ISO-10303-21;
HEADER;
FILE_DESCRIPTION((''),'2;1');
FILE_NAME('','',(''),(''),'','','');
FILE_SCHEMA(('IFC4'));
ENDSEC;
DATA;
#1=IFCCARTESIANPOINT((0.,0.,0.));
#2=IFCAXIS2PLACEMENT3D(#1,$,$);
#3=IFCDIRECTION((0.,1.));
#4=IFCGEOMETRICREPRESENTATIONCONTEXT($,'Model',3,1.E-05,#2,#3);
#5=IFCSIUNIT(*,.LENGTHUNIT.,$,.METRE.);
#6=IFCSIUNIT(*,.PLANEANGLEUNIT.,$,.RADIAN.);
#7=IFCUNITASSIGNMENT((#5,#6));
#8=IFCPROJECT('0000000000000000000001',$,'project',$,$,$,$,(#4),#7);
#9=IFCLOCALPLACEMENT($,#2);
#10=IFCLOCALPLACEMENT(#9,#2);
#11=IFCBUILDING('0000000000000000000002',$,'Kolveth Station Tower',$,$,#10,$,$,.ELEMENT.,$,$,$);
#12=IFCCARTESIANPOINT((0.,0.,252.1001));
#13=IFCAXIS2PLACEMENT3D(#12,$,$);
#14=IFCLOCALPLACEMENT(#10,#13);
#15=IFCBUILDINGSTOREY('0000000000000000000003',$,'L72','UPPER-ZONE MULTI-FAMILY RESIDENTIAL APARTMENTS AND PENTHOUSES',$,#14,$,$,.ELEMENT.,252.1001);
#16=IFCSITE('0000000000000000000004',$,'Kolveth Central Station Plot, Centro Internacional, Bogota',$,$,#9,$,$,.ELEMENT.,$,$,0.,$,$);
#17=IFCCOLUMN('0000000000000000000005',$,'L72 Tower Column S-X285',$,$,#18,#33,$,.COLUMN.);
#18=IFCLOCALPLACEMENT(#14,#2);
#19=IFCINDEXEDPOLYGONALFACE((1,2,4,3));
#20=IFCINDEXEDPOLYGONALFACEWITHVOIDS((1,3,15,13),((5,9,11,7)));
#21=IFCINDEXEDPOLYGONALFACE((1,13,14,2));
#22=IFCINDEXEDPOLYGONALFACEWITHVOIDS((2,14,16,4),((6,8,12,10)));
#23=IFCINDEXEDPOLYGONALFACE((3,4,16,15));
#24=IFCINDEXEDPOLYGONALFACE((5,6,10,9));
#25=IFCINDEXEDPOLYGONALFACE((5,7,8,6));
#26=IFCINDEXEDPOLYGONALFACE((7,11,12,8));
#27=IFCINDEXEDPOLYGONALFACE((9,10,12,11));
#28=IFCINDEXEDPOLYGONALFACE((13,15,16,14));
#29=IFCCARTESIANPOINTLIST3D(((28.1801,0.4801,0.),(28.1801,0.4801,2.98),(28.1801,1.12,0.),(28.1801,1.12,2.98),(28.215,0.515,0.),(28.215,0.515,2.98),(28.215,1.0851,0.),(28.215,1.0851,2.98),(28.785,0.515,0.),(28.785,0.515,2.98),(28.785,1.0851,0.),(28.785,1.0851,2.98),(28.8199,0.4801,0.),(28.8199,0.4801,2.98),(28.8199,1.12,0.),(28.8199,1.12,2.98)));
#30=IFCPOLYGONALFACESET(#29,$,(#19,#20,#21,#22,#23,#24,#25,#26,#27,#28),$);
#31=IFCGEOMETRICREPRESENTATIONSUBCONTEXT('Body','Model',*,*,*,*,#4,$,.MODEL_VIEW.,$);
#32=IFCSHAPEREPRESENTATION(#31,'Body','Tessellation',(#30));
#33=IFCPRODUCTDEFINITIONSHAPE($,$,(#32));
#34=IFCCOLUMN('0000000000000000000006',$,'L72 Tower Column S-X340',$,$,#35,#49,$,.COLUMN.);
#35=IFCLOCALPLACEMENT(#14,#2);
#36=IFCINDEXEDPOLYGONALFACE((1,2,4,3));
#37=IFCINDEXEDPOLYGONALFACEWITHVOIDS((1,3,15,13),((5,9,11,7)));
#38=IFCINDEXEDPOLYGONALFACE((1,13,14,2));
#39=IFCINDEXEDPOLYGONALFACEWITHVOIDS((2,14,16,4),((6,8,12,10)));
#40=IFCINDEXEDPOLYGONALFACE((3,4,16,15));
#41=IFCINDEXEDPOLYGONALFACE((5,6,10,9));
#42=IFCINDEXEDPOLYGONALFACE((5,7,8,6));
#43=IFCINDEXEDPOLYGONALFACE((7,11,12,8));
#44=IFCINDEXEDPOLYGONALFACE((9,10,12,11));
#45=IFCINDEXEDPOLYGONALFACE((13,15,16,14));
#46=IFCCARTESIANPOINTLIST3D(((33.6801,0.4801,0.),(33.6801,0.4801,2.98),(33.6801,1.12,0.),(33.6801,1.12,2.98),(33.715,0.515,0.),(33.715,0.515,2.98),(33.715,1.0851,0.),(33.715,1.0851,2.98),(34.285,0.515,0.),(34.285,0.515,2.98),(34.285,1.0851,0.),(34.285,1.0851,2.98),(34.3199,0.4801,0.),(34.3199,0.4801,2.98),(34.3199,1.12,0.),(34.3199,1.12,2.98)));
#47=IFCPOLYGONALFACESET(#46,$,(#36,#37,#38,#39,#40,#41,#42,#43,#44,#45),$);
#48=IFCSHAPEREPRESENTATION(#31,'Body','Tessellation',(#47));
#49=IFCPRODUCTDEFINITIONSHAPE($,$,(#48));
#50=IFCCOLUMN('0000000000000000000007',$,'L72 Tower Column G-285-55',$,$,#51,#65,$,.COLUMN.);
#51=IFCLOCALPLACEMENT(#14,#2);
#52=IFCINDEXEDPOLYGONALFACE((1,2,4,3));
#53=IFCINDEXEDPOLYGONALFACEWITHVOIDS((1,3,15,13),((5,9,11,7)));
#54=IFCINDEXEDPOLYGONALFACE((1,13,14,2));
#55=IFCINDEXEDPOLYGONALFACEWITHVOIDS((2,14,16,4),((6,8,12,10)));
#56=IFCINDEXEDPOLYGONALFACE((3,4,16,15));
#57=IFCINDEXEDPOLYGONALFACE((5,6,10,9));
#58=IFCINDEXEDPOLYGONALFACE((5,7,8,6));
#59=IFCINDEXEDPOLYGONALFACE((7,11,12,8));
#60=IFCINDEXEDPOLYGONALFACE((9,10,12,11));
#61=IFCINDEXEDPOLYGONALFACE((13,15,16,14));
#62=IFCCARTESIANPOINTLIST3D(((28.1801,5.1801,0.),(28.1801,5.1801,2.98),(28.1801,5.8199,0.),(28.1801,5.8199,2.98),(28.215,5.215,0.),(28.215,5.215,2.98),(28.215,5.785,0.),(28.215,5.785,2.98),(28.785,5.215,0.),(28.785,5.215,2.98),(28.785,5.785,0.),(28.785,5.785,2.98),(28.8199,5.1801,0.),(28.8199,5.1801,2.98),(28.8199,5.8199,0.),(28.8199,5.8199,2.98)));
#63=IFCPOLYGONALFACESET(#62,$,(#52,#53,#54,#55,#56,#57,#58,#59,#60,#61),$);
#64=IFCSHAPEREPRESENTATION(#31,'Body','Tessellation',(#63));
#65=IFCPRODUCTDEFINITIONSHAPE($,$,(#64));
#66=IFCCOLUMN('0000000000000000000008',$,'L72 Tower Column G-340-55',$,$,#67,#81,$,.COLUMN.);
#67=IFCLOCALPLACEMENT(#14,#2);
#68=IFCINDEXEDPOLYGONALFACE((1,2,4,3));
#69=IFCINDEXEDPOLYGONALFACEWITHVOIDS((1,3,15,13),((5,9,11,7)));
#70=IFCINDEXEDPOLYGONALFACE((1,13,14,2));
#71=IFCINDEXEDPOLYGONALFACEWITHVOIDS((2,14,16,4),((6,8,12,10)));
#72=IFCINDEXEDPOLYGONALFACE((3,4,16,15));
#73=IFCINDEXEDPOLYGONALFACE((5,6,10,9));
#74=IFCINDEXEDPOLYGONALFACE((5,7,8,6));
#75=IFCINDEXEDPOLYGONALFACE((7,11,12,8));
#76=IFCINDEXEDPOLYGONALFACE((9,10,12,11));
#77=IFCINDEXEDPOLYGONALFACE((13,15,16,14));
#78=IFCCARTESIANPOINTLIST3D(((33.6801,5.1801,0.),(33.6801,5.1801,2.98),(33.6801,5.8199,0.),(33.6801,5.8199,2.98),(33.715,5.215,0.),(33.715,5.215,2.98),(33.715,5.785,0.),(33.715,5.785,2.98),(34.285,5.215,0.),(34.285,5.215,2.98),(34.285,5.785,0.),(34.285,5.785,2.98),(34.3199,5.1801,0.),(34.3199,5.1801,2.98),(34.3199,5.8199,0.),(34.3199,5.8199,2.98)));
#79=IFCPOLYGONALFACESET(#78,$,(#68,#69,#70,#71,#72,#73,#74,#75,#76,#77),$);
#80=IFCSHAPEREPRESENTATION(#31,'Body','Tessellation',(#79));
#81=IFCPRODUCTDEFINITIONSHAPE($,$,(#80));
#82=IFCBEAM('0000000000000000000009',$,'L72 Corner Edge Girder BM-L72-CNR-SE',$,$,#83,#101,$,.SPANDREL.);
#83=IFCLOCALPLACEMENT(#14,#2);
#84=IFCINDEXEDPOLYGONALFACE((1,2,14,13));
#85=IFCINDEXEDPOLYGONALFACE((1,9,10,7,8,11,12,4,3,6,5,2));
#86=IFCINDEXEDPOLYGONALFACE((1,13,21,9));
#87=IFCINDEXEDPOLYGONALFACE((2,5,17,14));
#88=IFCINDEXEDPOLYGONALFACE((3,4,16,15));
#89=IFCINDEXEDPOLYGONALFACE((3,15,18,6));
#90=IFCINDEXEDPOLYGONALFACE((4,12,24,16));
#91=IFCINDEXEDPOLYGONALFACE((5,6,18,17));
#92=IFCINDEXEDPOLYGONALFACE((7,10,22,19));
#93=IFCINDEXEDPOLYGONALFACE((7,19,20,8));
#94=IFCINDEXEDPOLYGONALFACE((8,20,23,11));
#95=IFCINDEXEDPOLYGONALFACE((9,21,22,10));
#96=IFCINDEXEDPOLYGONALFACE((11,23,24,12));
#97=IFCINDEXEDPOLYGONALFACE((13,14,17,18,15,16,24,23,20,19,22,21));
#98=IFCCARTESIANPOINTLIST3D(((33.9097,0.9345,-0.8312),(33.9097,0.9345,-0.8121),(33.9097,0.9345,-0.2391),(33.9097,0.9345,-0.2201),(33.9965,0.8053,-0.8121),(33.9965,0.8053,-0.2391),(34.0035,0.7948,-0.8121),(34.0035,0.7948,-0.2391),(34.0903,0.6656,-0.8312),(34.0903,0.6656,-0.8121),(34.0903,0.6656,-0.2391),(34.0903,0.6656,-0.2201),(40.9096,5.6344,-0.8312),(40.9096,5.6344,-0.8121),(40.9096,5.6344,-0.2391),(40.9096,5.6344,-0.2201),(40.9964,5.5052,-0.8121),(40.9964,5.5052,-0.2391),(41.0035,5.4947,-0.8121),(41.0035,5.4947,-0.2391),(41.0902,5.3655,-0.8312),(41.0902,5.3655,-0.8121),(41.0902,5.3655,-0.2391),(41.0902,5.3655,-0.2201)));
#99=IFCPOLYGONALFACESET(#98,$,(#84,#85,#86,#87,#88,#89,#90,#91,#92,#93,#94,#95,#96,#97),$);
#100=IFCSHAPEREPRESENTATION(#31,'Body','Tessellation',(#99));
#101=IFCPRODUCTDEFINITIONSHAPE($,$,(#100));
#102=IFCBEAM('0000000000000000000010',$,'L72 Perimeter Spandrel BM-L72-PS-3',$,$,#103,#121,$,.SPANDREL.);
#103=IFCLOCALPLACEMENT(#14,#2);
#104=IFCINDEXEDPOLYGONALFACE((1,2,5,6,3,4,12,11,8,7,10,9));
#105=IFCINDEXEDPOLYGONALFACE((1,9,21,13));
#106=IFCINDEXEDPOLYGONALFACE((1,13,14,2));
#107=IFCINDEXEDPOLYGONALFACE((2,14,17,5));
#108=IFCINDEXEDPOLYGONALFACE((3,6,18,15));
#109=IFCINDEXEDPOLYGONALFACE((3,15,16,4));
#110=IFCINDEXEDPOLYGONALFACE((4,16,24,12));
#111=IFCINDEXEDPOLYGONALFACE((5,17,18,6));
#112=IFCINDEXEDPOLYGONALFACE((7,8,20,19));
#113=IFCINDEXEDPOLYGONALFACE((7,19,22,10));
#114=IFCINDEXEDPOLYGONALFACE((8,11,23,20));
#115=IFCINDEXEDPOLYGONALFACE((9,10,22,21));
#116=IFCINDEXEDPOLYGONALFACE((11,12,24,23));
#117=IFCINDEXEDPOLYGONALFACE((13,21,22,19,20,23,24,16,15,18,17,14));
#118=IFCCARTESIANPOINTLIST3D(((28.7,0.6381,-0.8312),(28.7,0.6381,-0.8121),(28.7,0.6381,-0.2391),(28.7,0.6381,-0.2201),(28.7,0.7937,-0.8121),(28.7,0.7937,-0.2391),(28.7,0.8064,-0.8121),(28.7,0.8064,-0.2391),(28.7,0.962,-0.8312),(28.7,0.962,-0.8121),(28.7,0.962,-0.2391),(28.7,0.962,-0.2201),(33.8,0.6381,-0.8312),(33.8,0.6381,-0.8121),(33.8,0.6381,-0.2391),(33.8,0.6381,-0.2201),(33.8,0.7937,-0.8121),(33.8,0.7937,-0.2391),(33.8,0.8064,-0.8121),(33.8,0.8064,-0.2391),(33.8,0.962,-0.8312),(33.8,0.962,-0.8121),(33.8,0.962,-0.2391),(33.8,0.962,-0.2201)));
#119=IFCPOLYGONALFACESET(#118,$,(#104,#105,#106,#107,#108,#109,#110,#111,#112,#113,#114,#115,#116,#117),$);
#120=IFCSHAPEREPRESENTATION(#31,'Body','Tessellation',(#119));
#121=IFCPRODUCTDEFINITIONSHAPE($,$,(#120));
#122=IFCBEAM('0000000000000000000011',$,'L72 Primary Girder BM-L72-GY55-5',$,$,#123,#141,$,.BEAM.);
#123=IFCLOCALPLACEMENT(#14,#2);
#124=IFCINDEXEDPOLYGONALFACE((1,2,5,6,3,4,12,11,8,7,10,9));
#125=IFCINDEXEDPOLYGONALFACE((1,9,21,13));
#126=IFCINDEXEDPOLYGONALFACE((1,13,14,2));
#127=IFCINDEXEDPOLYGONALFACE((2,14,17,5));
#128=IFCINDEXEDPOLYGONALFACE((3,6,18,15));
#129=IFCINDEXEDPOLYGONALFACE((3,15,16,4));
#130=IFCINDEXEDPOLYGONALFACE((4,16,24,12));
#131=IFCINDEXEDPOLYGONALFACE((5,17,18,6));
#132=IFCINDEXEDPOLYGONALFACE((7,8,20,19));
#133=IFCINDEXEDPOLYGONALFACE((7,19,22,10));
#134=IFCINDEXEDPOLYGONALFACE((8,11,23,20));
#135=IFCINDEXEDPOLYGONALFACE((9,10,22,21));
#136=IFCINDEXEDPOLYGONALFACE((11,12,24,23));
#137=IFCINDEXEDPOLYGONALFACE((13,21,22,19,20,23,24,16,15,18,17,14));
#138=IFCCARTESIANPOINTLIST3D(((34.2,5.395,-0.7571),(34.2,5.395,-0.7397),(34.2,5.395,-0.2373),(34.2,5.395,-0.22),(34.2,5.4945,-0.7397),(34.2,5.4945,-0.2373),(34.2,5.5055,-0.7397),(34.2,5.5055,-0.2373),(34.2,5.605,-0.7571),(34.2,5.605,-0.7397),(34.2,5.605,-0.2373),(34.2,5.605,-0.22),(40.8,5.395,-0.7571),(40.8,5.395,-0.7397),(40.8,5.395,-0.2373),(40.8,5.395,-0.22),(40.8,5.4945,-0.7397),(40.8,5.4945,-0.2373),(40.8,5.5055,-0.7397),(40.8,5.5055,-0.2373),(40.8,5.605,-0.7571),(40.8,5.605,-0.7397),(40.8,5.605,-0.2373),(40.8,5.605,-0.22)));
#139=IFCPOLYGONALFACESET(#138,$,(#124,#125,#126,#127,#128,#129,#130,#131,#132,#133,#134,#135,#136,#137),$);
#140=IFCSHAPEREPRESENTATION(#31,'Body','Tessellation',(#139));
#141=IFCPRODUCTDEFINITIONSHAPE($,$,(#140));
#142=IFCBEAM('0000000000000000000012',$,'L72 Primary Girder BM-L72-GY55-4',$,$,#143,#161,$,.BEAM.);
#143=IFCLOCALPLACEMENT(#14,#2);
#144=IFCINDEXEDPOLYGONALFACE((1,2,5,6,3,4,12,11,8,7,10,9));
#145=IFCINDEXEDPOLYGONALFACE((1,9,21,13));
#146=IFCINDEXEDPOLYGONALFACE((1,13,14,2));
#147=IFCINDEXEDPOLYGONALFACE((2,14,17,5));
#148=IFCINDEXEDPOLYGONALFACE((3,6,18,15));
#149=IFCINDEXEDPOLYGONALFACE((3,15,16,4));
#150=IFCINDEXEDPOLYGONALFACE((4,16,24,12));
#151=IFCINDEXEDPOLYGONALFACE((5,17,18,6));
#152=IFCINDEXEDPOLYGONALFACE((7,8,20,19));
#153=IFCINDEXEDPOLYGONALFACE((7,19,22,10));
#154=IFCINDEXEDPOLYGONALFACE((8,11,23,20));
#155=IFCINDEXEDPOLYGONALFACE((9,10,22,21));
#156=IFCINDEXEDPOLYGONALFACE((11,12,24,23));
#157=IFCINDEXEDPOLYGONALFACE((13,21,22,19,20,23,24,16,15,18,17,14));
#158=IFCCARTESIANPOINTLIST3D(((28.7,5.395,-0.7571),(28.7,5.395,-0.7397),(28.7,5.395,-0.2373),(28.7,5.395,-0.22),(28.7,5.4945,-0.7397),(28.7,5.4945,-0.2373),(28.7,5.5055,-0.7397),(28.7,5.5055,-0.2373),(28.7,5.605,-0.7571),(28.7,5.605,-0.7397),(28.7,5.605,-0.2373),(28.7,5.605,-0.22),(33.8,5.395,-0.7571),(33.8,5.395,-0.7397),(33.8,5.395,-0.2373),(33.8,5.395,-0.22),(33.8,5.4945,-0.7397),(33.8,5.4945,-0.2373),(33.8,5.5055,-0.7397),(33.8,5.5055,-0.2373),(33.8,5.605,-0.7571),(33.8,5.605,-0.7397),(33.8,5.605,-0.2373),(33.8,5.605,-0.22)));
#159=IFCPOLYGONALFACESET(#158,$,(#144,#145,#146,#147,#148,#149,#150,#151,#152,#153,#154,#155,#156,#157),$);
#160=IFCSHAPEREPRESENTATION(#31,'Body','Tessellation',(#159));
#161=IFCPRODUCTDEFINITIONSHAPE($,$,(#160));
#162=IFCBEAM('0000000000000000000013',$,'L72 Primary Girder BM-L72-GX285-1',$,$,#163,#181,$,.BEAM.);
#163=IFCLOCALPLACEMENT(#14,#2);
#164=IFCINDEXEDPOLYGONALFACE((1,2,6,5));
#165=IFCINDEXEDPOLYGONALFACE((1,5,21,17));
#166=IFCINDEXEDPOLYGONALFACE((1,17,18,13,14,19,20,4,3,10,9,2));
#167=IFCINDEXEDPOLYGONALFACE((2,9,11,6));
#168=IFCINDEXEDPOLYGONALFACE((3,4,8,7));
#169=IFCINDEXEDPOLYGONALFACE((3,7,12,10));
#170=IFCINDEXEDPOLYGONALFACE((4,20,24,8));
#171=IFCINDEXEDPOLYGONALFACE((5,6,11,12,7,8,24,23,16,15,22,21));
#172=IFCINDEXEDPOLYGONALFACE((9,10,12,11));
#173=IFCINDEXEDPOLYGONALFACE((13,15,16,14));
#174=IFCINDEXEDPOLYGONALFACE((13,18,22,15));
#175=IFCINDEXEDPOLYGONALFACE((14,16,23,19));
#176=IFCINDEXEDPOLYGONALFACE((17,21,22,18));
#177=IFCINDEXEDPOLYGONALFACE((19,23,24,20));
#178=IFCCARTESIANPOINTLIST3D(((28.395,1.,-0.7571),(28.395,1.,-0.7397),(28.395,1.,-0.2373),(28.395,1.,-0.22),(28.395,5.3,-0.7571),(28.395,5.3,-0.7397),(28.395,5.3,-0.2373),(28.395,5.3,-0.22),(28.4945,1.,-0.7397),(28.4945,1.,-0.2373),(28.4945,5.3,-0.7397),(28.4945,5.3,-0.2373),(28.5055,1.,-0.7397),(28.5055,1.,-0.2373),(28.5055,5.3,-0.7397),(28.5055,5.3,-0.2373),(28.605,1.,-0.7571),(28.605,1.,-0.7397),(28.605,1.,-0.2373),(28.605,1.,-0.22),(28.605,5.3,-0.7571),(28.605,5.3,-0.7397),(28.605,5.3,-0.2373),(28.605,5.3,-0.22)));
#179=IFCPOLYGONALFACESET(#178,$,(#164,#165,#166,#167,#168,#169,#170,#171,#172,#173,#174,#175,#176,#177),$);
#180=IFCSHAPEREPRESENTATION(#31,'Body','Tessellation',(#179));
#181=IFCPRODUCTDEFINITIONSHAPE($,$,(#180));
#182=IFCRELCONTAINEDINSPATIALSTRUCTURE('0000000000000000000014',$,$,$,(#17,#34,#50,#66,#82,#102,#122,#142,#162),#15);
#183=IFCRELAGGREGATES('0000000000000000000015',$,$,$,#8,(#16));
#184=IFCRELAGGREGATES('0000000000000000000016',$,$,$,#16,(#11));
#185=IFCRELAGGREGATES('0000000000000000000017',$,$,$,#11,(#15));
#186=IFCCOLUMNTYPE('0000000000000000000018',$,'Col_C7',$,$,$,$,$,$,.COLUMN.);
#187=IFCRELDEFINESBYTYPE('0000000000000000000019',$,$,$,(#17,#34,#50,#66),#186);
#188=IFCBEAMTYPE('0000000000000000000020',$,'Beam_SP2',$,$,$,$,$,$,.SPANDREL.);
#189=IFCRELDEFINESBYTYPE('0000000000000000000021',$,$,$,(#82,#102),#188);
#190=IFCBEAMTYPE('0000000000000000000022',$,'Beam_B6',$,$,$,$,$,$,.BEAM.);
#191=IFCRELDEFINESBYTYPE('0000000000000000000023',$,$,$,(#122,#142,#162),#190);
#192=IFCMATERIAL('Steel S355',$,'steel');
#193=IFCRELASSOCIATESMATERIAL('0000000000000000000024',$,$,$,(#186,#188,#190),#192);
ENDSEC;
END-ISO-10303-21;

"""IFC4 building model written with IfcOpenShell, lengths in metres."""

from ifc_helpers import new_model, si_unit, direction, frame, origin, origin_2d, place, context, subcontext, project, spatial, hollow_rectangle, i_section, extrude, source, transform, mapped, material, material_profile, profile_set, type_object, element, save


model = new_model("IFC4")

# Units and contexts
model_context = context("Model", 3, precision=1e-05, world=origin(), true_north=direction((0.0, 1.0)))
body_context = subcontext(model_context, "Body", "Model", "MODEL_VIEW")
ifc_project = project(units=[si_unit("LENGTHUNIT", "METRE"), si_unit("PLANEANGLEUNIT", "RADIAN")], contexts=[model_context])

# Site, building, storey
site_placement = place(None, origin())
site = spatial("IfcSite", under=ifc_project, at=site_placement, Name="Kolveth Central Station Plot, Centro Internacional, Bogota", CompositionType="ELEMENT", RefElevation=0.0)
building_placement = place(site_placement, origin())
building = spatial("IfcBuilding", under=site, at=building_placement, Name="Kolveth Station Tower", CompositionType="ELEMENT")
storey_placement = place(building_placement, frame((0.0, 0.0, 252.1001)))
storey = spatial("IfcBuildingStorey", under=building, at=storey_placement, Name="L72", Description="UPPER-ZONE MULTI-FAMILY RESIDENTIAL APARTMENTS AND PENTHOUSES", CompositionType="ELEMENT", Elevation=252.1001)

# Columns
ifc_material_1 = material(Name="Steel S355", Category="steel")
ifc_material_profile_1 = material_profile(ifc_material_1, hollow_rectangle(XDim=0.6399, YDim=0.6399, WallThickness=0.0349, at=origin_2d()), Name="BOX640x640x35")
ifc_profile_set_1 = profile_set([ifc_material_profile_1], Name="Steel S355")
column_type = type_object("IfcColumnType", Name="Col_C7", PredefinedType="COLUMN", material=ifc_profile_set_1)
shared_shape_1 = source(origin(), body_context, "Body", "SweptSolid", [
    extrude(hollow_rectangle(XDim=0.6399, YDim=0.6399, WallThickness=0.0349, at=origin_2d()), origin(), (0.0, 0.0, 1.0), 2.98),
])
for number, where, z_axis, x_axis, name in (
    (1, (28.5, 0.8, 0.0), (0.0, 0.0, 1.0), (1.0, 0.0, 0.0), "L72 Tower Column S-X285"),
    (2, (34.0, 0.8, 0.0), (0.0, 0.0, 1.0), (1.0, 0.0, 0.0), "L72 Tower Column S-X340"),
    (3, (28.5, 5.5, 0.0), (0.0, 0.0, 1.0), (1.0, 0.0, 0.0), "L72 Tower Column G-285-55"),
    (4, (34.0, 5.5, 0.0), (0.0, 0.0, 1.0), (1.0, 0.0, 0.0), "L72 Tower Column G-340-55"),
):
    element("IfcColumn", number, at=place(storey_placement, frame(where, z_axis=z_axis, x_axis=x_axis)), inside=storey, type_object=column_type, Name=name, PredefinedType="COLUMN", context=body_context, shape_type="MappedRepresentation", body=[
        mapped(shared_shape_1, transform((0.0, 0.0, 0.0), x_axis=(1.0, 0.0, 0.0), y_axis=(0.0, 1.0, 0.0), z_axis=(0.0, 0.0, 1.0), scale=1.0)),
    ])

# Beams
ifc_material_profile_2 = material_profile(ifc_material_1, i_section(OverallWidth=0.324, OverallDepth=0.6111, WebThickness=0.0127, FlangeThickness=0.019, at=origin_2d()), Name="W610x155")
ifc_profile_set_2 = profile_set([ifc_material_profile_2], Name="Steel S355")
beam_type_1 = type_object("IfcBeamType", Name="Beam_SP2", PredefinedType="SPANDREL", material=ifc_profile_set_2)
shared_shape_2 = source(origin(), body_context, "Body", "SweptSolid", [
    extrude(i_section(OverallWidth=0.324, OverallDepth=0.6111, WebThickness=0.0127, FlangeThickness=0.019, at=origin_2d()), origin(), (0.0, 0.0, 1.0), 8.4314),
])
beam_1_placement = place(storey_placement, frame((34.0, 0.8, -0.5256), z_axis=(0.830224, 0.55743, 0.0), x_axis=(-0.55743, 0.830224, 0.0)))
element("IfcBeam", 5, at=beam_1_placement, inside=storey, type_object=beam_type_1, Name="L72 Corner Edge Girder BM-L72-CNR-SE", PredefinedType="SPANDREL", context=body_context, shape_type="MappedRepresentation", body=[
    mapped(shared_shape_2, transform((0.0, 0.0, 0.0), x_axis=(1.0, 0.0, 0.0), y_axis=(0.0, 1.0, 0.0), z_axis=(0.0, 0.0, 1.0), scale=1.0)),
])
shared_shape_3 = source(origin(), body_context, "Body", "SweptSolid", [
    extrude(i_section(OverallWidth=0.324, OverallDepth=0.6111, WebThickness=0.0127, FlangeThickness=0.019, at=origin_2d()), origin(), (0.0, 0.0, 1.0), 5.1001),
])
beam_2_placement = place(storey_placement, frame((28.7, 0.8, -0.5256), z_axis=(1.0, 0.0, 0.0), x_axis=(0.0, 1.0, 0.0)))
element("IfcBeam", 6, at=beam_2_placement, inside=storey, type_object=beam_type_1, Name="L72 Perimeter Spandrel BM-L72-PS-3", PredefinedType="SPANDREL", context=body_context, shape_type="MappedRepresentation", body=[
    mapped(shared_shape_3, transform((0.0, 0.0, 0.0), x_axis=(1.0, 0.0, 0.0), y_axis=(0.0, 1.0, 0.0), z_axis=(0.0, 0.0, 1.0), scale=1.0)),
])
ifc_material_profile_3 = material_profile(ifc_material_1, i_section(OverallWidth=0.21, OverallDepth=0.5371, WebThickness=0.011, FlangeThickness=0.0173, at=origin_2d()), Name="W530x101")
ifc_profile_set_3 = profile_set([ifc_material_profile_3], Name="Steel S355")
beam_type_2 = type_object("IfcBeamType", Name="Beam_B6", PredefinedType="BEAM", material=ifc_profile_set_3)
shared_shape_4 = source(origin(), body_context, "Body", "SweptSolid", [
    extrude(i_section(OverallWidth=0.21, OverallDepth=0.5371, WebThickness=0.011, FlangeThickness=0.0173, at=origin_2d()), origin(), (0.0, 0.0, 1.0), 6.6001),
])
beam_3_placement = place(storey_placement, frame((34.2, 5.5, -0.4885), z_axis=(1.0, 0.0, 0.0), x_axis=(0.0, 1.0, 0.0)))
element("IfcBeam", 7, at=beam_3_placement, inside=storey, type_object=beam_type_2, Name="L72 Primary Girder BM-L72-GY55-5", PredefinedType="BEAM", context=body_context, shape_type="MappedRepresentation", body=[
    mapped(shared_shape_4, transform((0.0, 0.0, 0.0), x_axis=(1.0, 0.0, 0.0), y_axis=(0.0, 1.0, 0.0), z_axis=(0.0, 0.0, 1.0), scale=1.0)),
])
shared_shape_5 = source(origin(), body_context, "Body", "SweptSolid", [
    extrude(i_section(OverallWidth=0.21, OverallDepth=0.5371, WebThickness=0.011, FlangeThickness=0.0173, at=origin_2d()), origin(), (0.0, 0.0, 1.0), 5.1001),
])
beam_4_placement = place(storey_placement, frame((28.7, 5.5, -0.4885), z_axis=(1.0, 0.0, 0.0), x_axis=(0.0, 1.0, 0.0)))
element("IfcBeam", 8, at=beam_4_placement, inside=storey, type_object=beam_type_2, Name="L72 Primary Girder BM-L72-GY55-4", PredefinedType="BEAM", context=body_context, shape_type="MappedRepresentation", body=[
    mapped(shared_shape_5, transform((0.0, 0.0, 0.0), x_axis=(1.0, 0.0, 0.0), y_axis=(0.0, 1.0, 0.0), z_axis=(0.0, 0.0, 1.0), scale=1.0)),
])
shared_shape_6 = source(origin(), body_context, "Body", "SweptSolid", [
    extrude(i_section(OverallWidth=0.21, OverallDepth=0.5371, WebThickness=0.011, FlangeThickness=0.0173, at=origin_2d()), origin(), (0.0, 0.0, 1.0), 4.3),
])
for number, where, z_axis, x_axis, name in (
    (9, (28.5, 1.0, -0.4885), (0.0, 1.0, 0.0), (-1.0, 0.0, 0.0), "L72 Primary Girder BM-L72-GX285-1"),
):
    element("IfcBeam", number, at=place(storey_placement, frame(where, z_axis=z_axis, x_axis=x_axis)), inside=storey, type_object=beam_type_2, Name=name, PredefinedType="BEAM", context=body_context, shape_type="MappedRepresentation", body=[
        mapped(shared_shape_6, transform((0.0, 0.0, 0.0), x_axis=(1.0, 0.0, 0.0), y_axis=(0.0, 1.0, 0.0), z_axis=(0.0, 0.0, 1.0), scale=1.0)),
    ])

save(model, "model.ifc")
